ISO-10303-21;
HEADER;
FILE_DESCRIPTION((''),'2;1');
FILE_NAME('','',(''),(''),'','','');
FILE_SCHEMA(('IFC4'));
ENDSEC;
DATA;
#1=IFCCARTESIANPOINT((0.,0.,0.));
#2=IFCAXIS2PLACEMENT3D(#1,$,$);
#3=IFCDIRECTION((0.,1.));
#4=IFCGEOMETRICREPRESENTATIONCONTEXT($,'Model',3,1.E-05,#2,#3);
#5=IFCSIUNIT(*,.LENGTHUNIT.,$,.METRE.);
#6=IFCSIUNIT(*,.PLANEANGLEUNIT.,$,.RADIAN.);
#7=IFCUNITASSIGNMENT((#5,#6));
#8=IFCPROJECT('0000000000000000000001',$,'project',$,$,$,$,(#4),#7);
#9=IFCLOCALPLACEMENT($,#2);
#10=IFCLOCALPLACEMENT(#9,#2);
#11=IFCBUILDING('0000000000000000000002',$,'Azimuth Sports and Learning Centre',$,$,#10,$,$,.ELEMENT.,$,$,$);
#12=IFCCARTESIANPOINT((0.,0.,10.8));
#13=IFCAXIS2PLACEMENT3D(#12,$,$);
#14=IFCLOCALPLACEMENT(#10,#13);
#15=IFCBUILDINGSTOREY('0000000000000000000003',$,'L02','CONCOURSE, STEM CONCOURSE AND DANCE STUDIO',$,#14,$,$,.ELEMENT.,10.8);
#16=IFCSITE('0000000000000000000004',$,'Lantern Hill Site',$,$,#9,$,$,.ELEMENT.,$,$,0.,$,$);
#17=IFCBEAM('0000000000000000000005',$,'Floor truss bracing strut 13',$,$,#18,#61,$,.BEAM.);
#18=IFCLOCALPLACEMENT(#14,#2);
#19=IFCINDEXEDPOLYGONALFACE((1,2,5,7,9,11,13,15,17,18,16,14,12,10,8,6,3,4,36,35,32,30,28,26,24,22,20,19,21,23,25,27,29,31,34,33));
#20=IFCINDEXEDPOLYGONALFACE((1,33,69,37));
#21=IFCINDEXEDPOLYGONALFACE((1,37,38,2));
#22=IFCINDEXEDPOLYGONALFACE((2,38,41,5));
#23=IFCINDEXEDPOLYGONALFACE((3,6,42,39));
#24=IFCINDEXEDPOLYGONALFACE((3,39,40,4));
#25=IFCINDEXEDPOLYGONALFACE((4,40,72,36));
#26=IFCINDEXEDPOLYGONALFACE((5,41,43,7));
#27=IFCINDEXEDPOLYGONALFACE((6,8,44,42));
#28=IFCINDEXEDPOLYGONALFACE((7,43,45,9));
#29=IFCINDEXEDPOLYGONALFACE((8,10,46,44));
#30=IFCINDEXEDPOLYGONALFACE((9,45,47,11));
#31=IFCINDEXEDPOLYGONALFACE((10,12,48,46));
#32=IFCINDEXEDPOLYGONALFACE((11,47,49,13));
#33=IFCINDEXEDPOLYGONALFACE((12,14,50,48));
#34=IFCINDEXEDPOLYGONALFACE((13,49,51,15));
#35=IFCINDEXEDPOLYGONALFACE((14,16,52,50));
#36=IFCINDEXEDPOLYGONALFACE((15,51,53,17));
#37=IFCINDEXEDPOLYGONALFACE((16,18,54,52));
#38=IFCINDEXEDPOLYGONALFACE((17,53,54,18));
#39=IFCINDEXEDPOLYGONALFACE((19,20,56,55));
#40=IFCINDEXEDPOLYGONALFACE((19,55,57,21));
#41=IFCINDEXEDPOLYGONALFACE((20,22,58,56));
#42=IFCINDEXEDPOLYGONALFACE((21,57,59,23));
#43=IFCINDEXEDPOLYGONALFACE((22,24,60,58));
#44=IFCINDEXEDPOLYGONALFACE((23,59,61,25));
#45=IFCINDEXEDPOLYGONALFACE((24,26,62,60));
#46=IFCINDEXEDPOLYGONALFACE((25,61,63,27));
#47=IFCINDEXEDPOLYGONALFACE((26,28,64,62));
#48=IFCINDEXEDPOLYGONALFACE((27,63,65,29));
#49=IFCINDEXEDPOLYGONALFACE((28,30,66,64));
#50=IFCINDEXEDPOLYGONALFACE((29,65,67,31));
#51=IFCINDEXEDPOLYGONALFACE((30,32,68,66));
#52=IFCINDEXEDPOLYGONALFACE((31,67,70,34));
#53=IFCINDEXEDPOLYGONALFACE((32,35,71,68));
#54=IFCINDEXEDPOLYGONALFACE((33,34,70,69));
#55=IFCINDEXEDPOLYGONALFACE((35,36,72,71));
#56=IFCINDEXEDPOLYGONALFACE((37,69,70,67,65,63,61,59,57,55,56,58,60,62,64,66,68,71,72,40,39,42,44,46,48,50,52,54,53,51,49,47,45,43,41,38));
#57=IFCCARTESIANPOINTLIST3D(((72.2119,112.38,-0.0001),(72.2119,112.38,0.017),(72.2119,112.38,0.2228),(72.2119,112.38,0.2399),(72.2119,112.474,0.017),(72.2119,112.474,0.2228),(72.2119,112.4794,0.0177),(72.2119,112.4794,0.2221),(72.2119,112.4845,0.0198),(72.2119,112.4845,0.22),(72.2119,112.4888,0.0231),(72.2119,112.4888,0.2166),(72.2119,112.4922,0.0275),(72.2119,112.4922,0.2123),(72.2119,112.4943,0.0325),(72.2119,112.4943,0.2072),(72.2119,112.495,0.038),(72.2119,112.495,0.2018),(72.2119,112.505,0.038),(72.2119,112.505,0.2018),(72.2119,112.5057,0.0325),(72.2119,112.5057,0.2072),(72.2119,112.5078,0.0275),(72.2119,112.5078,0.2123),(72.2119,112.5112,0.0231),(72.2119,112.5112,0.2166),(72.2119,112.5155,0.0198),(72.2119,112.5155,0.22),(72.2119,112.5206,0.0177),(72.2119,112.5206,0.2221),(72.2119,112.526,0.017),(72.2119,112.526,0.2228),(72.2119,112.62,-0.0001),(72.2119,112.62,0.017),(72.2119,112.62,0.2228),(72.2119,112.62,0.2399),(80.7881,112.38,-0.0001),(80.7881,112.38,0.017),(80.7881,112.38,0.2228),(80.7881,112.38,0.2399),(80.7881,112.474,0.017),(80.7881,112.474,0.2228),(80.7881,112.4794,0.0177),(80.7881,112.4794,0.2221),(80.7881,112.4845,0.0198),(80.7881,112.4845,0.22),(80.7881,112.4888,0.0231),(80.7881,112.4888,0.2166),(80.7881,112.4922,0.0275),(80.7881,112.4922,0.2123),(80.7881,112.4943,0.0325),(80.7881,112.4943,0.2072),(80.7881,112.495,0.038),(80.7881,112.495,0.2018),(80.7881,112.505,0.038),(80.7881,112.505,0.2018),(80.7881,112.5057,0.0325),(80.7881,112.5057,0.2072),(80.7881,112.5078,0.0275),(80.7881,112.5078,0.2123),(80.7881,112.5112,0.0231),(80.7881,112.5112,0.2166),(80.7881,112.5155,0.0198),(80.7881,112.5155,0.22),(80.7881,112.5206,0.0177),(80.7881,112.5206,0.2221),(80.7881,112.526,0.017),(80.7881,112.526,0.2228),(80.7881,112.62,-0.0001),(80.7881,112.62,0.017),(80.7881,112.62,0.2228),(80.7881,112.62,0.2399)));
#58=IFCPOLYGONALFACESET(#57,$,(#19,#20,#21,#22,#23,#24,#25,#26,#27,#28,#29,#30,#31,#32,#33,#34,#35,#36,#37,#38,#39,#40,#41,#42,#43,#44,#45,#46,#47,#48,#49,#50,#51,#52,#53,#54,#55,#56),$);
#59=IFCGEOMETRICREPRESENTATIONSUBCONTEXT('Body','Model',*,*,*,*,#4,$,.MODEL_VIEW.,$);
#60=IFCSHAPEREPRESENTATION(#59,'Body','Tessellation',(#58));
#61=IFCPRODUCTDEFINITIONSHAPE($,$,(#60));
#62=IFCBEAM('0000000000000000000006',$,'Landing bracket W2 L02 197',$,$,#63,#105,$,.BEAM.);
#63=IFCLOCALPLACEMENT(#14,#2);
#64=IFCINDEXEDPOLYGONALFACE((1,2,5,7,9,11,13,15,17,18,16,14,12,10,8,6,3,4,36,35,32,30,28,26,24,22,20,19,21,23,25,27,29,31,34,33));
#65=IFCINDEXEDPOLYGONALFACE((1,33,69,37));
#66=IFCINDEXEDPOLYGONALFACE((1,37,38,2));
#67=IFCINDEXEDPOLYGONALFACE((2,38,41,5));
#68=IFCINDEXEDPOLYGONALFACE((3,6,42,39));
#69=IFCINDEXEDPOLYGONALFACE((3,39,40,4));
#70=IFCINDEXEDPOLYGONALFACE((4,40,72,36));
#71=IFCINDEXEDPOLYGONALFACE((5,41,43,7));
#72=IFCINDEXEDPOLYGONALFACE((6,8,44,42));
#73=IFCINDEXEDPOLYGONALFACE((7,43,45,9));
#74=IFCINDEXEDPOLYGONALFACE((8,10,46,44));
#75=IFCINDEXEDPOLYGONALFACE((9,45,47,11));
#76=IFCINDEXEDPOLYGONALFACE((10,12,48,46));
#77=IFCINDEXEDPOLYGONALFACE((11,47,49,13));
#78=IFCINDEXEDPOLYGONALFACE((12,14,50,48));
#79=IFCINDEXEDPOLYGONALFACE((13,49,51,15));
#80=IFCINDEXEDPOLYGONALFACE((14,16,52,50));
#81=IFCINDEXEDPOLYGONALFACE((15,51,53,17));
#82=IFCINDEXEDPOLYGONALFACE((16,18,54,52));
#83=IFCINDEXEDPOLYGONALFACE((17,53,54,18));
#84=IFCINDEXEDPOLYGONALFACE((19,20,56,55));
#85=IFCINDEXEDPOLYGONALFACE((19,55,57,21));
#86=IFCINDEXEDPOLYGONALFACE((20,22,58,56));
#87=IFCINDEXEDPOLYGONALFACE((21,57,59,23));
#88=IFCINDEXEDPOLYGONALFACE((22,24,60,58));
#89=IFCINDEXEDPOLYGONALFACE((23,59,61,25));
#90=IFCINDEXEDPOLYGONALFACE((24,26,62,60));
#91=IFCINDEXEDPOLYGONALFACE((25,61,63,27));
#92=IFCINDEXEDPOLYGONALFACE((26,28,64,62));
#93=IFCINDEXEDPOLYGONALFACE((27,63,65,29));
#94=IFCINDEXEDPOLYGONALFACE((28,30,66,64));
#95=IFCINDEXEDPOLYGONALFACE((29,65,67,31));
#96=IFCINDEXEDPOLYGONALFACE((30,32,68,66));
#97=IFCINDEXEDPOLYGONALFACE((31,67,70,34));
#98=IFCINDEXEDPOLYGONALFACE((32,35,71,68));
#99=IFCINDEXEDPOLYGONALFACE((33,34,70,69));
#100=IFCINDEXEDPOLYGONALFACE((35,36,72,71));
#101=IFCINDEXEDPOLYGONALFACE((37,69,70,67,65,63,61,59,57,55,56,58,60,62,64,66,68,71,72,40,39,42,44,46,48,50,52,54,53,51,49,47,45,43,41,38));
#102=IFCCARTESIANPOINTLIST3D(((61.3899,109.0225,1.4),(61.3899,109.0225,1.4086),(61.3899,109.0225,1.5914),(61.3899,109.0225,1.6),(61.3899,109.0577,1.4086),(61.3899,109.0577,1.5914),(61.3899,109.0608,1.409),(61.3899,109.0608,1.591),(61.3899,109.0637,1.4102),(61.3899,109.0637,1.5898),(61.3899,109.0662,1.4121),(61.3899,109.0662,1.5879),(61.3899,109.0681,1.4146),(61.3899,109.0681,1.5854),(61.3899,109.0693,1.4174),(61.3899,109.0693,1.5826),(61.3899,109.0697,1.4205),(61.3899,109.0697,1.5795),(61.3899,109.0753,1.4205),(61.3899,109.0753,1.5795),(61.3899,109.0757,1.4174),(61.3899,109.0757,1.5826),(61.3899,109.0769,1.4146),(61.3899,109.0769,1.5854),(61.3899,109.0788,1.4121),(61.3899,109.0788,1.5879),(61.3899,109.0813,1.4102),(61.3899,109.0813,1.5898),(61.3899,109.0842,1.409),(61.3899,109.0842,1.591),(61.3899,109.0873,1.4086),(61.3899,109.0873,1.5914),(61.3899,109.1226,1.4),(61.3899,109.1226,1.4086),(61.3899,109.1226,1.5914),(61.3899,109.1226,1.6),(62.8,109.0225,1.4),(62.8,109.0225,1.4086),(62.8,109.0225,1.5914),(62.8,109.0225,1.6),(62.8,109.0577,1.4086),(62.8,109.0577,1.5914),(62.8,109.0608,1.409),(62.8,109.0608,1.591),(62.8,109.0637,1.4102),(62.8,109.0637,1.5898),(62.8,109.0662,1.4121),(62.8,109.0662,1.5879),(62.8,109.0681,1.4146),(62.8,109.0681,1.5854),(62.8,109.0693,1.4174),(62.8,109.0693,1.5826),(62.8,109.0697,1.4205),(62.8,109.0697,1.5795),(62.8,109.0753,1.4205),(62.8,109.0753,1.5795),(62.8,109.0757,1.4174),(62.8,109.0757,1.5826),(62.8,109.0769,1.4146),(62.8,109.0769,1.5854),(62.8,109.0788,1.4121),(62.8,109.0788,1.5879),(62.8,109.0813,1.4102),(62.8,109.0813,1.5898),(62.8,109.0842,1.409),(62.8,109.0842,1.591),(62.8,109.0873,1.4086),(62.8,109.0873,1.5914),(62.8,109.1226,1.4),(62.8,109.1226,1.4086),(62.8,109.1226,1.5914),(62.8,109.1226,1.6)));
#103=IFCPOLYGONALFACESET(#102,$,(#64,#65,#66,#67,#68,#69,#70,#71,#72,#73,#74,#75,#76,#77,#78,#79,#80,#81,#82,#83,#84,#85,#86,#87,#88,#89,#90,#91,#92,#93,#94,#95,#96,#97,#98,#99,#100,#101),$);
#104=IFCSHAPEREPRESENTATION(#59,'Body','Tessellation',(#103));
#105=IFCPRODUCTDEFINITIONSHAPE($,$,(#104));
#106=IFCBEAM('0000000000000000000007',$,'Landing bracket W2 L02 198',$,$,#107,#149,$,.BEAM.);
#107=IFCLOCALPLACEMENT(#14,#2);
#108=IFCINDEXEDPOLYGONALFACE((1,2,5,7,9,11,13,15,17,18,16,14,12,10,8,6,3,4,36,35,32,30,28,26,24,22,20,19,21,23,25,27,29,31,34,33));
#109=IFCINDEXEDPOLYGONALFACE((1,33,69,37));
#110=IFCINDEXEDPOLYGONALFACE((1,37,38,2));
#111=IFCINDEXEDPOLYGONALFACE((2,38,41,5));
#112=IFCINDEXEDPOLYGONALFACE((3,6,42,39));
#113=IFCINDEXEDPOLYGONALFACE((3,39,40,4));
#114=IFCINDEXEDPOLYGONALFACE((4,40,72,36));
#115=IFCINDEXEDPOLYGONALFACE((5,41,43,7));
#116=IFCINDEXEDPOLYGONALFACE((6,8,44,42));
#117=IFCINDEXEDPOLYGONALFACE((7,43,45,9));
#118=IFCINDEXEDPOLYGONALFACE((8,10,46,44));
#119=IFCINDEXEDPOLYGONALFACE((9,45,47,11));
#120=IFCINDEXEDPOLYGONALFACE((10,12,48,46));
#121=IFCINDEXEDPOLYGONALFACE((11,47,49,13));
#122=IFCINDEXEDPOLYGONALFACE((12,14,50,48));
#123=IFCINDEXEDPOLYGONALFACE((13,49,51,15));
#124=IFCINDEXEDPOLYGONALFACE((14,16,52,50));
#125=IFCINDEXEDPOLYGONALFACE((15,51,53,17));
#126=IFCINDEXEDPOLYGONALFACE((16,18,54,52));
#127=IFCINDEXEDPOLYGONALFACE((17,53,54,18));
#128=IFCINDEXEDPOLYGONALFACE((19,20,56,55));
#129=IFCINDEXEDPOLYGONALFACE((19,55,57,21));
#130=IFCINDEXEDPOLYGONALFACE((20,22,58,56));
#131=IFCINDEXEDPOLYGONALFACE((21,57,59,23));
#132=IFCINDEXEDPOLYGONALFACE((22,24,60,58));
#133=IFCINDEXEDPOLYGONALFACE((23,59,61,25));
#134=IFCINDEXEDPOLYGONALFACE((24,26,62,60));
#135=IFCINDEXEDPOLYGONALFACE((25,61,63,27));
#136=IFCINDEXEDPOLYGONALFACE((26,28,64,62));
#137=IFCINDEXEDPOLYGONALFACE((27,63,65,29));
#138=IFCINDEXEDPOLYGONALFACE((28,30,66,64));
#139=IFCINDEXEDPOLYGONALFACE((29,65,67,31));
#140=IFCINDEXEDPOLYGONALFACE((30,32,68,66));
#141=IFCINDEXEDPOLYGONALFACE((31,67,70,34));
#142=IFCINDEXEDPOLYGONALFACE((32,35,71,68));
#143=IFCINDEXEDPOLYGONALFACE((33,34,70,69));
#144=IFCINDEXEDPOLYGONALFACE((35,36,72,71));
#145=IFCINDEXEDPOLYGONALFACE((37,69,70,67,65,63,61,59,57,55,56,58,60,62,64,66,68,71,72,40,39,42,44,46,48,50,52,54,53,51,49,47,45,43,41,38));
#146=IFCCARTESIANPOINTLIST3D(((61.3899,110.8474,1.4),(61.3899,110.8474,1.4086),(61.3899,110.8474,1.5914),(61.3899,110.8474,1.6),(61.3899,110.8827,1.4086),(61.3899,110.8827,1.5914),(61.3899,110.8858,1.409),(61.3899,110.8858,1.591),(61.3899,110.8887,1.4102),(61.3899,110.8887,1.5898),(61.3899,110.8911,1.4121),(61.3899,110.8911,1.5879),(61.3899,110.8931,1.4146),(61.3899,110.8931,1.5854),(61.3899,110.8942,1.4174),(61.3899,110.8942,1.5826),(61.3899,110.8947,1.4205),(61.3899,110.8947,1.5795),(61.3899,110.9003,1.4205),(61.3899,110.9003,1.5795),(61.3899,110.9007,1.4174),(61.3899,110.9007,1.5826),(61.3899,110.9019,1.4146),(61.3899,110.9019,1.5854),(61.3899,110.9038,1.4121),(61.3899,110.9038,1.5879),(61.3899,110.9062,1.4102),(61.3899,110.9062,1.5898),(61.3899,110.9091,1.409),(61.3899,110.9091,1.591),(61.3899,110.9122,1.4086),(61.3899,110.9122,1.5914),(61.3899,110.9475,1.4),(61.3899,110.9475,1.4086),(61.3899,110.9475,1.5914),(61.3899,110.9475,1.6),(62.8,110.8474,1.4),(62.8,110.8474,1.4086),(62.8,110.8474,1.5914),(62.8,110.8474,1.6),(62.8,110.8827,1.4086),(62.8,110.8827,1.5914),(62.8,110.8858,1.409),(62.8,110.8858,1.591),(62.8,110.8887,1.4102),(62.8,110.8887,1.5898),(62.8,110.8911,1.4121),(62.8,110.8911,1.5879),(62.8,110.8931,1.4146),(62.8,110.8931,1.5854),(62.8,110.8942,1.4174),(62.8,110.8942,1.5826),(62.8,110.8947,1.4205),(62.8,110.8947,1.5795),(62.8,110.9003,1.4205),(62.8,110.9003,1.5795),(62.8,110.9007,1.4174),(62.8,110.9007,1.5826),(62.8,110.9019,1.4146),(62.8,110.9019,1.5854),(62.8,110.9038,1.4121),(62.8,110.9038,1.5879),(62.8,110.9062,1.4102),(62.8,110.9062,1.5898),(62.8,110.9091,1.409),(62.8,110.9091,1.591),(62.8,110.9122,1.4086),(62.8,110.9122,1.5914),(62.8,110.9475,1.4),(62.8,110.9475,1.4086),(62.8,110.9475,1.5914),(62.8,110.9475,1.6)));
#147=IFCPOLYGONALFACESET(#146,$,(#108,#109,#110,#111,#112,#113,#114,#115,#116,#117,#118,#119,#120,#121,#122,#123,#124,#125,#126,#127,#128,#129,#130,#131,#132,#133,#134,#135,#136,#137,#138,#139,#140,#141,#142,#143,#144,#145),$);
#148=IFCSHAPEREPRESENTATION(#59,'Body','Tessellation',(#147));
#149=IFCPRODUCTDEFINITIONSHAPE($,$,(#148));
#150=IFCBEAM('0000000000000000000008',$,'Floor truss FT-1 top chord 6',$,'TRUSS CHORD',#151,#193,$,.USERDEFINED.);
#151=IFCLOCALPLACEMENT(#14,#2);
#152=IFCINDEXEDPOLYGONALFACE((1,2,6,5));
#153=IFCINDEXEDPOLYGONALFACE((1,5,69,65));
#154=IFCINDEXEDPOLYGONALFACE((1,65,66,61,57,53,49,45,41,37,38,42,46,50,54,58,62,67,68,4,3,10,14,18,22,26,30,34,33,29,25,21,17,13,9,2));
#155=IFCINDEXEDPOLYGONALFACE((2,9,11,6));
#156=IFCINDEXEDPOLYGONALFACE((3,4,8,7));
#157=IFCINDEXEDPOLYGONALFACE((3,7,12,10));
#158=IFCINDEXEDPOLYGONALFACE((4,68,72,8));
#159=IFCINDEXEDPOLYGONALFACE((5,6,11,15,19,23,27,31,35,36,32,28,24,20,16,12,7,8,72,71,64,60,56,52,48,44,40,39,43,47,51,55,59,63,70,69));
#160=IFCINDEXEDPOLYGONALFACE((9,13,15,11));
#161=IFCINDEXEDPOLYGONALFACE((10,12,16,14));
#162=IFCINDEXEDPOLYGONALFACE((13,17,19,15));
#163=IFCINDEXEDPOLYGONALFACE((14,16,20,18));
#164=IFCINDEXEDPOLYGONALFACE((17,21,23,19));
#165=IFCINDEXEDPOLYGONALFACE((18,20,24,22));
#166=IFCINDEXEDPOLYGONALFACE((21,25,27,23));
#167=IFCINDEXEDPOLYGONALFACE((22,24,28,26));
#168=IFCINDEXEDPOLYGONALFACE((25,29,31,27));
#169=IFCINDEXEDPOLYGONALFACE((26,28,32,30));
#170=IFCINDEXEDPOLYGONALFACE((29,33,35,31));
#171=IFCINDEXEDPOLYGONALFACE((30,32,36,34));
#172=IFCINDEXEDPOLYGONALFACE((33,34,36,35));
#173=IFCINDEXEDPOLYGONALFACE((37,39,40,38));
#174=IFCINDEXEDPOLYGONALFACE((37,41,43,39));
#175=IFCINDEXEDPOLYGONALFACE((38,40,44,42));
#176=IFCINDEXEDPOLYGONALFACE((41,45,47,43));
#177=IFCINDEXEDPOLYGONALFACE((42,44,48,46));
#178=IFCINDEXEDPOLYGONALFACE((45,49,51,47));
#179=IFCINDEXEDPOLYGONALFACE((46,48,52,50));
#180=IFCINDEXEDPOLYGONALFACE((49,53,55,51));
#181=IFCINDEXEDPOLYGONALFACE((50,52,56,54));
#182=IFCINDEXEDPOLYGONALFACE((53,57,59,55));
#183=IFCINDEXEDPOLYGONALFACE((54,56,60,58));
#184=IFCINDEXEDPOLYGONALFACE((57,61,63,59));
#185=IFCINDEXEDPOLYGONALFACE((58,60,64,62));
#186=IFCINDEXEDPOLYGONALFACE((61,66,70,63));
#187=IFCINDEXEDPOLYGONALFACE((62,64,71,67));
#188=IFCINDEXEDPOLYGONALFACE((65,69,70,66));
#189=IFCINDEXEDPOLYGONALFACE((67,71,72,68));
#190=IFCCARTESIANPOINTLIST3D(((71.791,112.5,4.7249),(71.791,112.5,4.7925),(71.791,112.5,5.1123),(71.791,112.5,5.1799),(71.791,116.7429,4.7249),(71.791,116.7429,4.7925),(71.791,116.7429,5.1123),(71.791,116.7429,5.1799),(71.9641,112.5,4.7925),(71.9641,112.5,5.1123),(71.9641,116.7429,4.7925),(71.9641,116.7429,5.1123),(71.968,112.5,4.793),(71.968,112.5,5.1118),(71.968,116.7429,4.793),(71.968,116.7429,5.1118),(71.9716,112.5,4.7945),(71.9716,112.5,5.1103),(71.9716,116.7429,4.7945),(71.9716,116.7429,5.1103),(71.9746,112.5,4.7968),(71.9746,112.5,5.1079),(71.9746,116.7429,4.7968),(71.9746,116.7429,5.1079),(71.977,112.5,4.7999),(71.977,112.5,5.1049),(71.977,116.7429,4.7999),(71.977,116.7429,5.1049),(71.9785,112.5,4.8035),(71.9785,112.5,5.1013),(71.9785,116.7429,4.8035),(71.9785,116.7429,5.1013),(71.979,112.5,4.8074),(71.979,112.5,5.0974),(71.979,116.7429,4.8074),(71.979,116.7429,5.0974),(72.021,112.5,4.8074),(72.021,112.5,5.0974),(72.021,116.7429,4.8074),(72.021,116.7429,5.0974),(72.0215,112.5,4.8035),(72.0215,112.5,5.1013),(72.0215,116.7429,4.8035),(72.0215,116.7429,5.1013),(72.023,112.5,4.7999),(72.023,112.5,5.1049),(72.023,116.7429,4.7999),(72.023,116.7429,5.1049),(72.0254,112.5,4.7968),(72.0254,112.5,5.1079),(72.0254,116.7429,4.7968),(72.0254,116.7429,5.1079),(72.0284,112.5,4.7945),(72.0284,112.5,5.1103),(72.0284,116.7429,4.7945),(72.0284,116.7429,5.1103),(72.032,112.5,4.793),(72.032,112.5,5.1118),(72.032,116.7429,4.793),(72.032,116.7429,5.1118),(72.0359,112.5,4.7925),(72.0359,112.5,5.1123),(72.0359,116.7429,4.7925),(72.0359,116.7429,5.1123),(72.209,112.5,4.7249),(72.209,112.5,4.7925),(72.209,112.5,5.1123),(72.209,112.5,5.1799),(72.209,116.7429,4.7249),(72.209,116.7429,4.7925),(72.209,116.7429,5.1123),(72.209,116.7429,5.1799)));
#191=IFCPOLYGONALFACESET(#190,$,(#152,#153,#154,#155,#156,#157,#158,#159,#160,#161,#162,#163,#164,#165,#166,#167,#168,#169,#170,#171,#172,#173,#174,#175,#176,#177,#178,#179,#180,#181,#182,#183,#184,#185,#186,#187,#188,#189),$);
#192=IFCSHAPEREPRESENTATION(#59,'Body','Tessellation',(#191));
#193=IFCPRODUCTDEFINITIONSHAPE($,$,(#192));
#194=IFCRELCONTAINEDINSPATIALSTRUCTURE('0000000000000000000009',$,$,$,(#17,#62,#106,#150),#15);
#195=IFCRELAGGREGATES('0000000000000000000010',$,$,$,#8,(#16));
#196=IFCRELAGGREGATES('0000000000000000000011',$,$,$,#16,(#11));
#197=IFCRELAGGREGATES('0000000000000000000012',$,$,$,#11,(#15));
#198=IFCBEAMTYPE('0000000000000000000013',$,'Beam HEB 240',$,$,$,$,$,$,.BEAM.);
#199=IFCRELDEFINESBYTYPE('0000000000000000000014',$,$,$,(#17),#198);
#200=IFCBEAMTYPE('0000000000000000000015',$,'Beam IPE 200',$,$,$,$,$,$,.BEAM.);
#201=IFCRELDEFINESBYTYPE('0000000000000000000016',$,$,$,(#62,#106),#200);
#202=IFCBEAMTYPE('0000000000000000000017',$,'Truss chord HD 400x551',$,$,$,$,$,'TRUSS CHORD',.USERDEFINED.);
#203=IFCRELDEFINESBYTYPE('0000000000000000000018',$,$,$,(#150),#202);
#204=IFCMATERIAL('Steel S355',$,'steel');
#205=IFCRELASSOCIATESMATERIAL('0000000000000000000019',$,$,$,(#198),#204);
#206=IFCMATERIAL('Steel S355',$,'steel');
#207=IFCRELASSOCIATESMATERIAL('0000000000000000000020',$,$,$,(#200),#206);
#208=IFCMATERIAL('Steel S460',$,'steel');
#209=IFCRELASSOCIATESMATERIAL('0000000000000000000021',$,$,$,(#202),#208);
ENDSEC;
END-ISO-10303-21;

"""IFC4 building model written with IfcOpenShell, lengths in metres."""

from ifc_helpers import new_model, si_unit, direction, frame, origin, origin_2d, place, context, subcontext, project, spatial, i_section, extrude, material, material_profile, profile_set, type_object, element, save


model = new_model("IFC4")

# Units and contexts
model_context = context("Model", 3, precision=1e-05, world=origin(), true_north=direction((0.0, 1.0)))
body_context = subcontext(model_context, "Body", "Model", "MODEL_VIEW")
ifc_project = project(units=[si_unit("LENGTHUNIT", "METRE"), si_unit("PLANEANGLEUNIT", "RADIAN")], contexts=[model_context])

# Site, building, storey
site_placement = place(None, origin())
site = spatial("IfcSite", under=ifc_project, at=site_placement, Name="Lantern Hill Site", CompositionType="ELEMENT", RefElevation=0.0)
building_placement = place(site_placement, origin())
building = spatial("IfcBuilding", under=site, at=building_placement, Name="Azimuth Sports and Learning Centre", CompositionType="ELEMENT")
storey_placement = place(building_placement, frame((0.0, 0.0, 10.8)))
storey = spatial("IfcBuildingStorey", under=building, at=storey_placement, Name="L02", Description="CONCOURSE, STEM CONCOURSE AND DANCE STUDIO", CompositionType="ELEMENT", Elevation=10.8)

# Beams
ifc_material_1 = material(Name="Steel S355", Category="steel")
ifc_material_profile_1 = material_profile(ifc_material_1, i_section(OverallWidth=0.24, OverallDepth=0.24, WebThickness=0.01, FlangeThickness=0.0171, FilletRadius=0.021, at=origin_2d()), Name="HEB 240")
ifc_profile_set_1 = profile_set([ifc_material_profile_1], Name="Steel S355")
beam_type_1 = type_object("IfcBeamType", Name="Beam HEB 240", PredefinedType="BEAM", material=ifc_profile_set_1)
beam_placement = place(storey_placement, frame((72.2119, 112.5, 0.1199), z_axis=(1.0, 0.0, 0.0), x_axis=(0.0, 1.0, 0.0)))
element("IfcBeam", 1, at=beam_placement, inside=storey, type_object=beam_type_1, Name="Floor truss bracing strut 13", PredefinedType="BEAM", context=body_context, shape_type="SweptSolid", body=[
    extrude(i_section(OverallWidth=0.24, OverallDepth=0.24, WebThickness=0.01, FlangeThickness=0.0171, FilletRadius=0.021, at=origin_2d()), origin(), (0.0, 0.0, 1.0), 8.5762),
])
ifc_material_2 = material(Name="Steel S355", Category="steel")
ifc_material_profile_2 = material_profile(ifc_material_2, i_section(OverallWidth=0.1001, OverallDepth=0.2, WebThickness=0.0056, FlangeThickness=0.0085, FilletRadius=0.012, at=origin_2d()), Name="IPE 200")
ifc_profile_set_2 = profile_set([ifc_material_profile_2], Name="Steel S355")
beam_type_2 = type_object("IfcBeamType", Name="Beam IPE 200", PredefinedType="BEAM", material=ifc_profile_set_2)
for number, where, z_axis, x_axis, name in (
    (2, (62.8, 109.0725, 1.5), (-1.0, 0.0, 0.0), (0.0, -1.0, 0.0), "Landing bracket W2 L02 197"),
    (3, (62.8, 110.8975, 1.5), (-1.0, 0.0, 0.0), (0.0, -1.0, 0.0), "Landing bracket W2 L02 198"),
):
    element("IfcBeam", number, at=place(storey_placement, frame(where, z_axis=z_axis, x_axis=x_axis)), inside=storey, type_object=beam_type_2, Name=name, PredefinedType="BEAM", context=body_context, shape_type="SweptSolid", body=[
        extrude(i_section(OverallWidth=0.1001, OverallDepth=0.2, WebThickness=0.0056, FlangeThickness=0.0085, FilletRadius=0.012, at=origin_2d()), origin(), (0.0, 0.0, 1.0), 1.4102),
    ])
ifc_material_3 = material(Name="Steel S460", Category="steel")
ifc_material_profile_3 = material_profile(ifc_material_3, i_section(OverallWidth=0.418, OverallDepth=0.4551, WebThickness=0.042, FlangeThickness=0.0676, FilletRadius=0.0149, at=origin_2d()), Name="HD 400x551")
ifc_profile_set_3 = profile_set([ifc_material_profile_3], Name="Steel S460")
beam_type_3 = type_object("IfcBeamType", Name="Truss chord HD 400x551", ElementType="TRUSS CHORD", PredefinedType="USERDEFINED", material=ifc_profile_set_3)
for number, where, z_axis, x_axis, name in (
    (4, (72.0, 112.5, 4.9524), (0.0, 1.0, 0.0), (-1.0, 0.0, 0.0), "Floor truss FT-1 top chord 6"),
):
    element("IfcBeam", number, at=place(storey_placement, frame(where, z_axis=z_axis, x_axis=x_axis)), inside=storey, type_object=beam_type_3, Name=name, ObjectType="TRUSS CHORD", PredefinedType="USERDEFINED", context=body_context, shape_type="SweptSolid", body=[
        extrude(i_section(OverallWidth=0.418, OverallDepth=0.4551, WebThickness=0.042, FlangeThickness=0.0676, FilletRadius=0.0149, at=origin_2d()), origin(), (0.0, 0.0, 1.0), 4.2429),
    ])

save(model, "model.ifc")
